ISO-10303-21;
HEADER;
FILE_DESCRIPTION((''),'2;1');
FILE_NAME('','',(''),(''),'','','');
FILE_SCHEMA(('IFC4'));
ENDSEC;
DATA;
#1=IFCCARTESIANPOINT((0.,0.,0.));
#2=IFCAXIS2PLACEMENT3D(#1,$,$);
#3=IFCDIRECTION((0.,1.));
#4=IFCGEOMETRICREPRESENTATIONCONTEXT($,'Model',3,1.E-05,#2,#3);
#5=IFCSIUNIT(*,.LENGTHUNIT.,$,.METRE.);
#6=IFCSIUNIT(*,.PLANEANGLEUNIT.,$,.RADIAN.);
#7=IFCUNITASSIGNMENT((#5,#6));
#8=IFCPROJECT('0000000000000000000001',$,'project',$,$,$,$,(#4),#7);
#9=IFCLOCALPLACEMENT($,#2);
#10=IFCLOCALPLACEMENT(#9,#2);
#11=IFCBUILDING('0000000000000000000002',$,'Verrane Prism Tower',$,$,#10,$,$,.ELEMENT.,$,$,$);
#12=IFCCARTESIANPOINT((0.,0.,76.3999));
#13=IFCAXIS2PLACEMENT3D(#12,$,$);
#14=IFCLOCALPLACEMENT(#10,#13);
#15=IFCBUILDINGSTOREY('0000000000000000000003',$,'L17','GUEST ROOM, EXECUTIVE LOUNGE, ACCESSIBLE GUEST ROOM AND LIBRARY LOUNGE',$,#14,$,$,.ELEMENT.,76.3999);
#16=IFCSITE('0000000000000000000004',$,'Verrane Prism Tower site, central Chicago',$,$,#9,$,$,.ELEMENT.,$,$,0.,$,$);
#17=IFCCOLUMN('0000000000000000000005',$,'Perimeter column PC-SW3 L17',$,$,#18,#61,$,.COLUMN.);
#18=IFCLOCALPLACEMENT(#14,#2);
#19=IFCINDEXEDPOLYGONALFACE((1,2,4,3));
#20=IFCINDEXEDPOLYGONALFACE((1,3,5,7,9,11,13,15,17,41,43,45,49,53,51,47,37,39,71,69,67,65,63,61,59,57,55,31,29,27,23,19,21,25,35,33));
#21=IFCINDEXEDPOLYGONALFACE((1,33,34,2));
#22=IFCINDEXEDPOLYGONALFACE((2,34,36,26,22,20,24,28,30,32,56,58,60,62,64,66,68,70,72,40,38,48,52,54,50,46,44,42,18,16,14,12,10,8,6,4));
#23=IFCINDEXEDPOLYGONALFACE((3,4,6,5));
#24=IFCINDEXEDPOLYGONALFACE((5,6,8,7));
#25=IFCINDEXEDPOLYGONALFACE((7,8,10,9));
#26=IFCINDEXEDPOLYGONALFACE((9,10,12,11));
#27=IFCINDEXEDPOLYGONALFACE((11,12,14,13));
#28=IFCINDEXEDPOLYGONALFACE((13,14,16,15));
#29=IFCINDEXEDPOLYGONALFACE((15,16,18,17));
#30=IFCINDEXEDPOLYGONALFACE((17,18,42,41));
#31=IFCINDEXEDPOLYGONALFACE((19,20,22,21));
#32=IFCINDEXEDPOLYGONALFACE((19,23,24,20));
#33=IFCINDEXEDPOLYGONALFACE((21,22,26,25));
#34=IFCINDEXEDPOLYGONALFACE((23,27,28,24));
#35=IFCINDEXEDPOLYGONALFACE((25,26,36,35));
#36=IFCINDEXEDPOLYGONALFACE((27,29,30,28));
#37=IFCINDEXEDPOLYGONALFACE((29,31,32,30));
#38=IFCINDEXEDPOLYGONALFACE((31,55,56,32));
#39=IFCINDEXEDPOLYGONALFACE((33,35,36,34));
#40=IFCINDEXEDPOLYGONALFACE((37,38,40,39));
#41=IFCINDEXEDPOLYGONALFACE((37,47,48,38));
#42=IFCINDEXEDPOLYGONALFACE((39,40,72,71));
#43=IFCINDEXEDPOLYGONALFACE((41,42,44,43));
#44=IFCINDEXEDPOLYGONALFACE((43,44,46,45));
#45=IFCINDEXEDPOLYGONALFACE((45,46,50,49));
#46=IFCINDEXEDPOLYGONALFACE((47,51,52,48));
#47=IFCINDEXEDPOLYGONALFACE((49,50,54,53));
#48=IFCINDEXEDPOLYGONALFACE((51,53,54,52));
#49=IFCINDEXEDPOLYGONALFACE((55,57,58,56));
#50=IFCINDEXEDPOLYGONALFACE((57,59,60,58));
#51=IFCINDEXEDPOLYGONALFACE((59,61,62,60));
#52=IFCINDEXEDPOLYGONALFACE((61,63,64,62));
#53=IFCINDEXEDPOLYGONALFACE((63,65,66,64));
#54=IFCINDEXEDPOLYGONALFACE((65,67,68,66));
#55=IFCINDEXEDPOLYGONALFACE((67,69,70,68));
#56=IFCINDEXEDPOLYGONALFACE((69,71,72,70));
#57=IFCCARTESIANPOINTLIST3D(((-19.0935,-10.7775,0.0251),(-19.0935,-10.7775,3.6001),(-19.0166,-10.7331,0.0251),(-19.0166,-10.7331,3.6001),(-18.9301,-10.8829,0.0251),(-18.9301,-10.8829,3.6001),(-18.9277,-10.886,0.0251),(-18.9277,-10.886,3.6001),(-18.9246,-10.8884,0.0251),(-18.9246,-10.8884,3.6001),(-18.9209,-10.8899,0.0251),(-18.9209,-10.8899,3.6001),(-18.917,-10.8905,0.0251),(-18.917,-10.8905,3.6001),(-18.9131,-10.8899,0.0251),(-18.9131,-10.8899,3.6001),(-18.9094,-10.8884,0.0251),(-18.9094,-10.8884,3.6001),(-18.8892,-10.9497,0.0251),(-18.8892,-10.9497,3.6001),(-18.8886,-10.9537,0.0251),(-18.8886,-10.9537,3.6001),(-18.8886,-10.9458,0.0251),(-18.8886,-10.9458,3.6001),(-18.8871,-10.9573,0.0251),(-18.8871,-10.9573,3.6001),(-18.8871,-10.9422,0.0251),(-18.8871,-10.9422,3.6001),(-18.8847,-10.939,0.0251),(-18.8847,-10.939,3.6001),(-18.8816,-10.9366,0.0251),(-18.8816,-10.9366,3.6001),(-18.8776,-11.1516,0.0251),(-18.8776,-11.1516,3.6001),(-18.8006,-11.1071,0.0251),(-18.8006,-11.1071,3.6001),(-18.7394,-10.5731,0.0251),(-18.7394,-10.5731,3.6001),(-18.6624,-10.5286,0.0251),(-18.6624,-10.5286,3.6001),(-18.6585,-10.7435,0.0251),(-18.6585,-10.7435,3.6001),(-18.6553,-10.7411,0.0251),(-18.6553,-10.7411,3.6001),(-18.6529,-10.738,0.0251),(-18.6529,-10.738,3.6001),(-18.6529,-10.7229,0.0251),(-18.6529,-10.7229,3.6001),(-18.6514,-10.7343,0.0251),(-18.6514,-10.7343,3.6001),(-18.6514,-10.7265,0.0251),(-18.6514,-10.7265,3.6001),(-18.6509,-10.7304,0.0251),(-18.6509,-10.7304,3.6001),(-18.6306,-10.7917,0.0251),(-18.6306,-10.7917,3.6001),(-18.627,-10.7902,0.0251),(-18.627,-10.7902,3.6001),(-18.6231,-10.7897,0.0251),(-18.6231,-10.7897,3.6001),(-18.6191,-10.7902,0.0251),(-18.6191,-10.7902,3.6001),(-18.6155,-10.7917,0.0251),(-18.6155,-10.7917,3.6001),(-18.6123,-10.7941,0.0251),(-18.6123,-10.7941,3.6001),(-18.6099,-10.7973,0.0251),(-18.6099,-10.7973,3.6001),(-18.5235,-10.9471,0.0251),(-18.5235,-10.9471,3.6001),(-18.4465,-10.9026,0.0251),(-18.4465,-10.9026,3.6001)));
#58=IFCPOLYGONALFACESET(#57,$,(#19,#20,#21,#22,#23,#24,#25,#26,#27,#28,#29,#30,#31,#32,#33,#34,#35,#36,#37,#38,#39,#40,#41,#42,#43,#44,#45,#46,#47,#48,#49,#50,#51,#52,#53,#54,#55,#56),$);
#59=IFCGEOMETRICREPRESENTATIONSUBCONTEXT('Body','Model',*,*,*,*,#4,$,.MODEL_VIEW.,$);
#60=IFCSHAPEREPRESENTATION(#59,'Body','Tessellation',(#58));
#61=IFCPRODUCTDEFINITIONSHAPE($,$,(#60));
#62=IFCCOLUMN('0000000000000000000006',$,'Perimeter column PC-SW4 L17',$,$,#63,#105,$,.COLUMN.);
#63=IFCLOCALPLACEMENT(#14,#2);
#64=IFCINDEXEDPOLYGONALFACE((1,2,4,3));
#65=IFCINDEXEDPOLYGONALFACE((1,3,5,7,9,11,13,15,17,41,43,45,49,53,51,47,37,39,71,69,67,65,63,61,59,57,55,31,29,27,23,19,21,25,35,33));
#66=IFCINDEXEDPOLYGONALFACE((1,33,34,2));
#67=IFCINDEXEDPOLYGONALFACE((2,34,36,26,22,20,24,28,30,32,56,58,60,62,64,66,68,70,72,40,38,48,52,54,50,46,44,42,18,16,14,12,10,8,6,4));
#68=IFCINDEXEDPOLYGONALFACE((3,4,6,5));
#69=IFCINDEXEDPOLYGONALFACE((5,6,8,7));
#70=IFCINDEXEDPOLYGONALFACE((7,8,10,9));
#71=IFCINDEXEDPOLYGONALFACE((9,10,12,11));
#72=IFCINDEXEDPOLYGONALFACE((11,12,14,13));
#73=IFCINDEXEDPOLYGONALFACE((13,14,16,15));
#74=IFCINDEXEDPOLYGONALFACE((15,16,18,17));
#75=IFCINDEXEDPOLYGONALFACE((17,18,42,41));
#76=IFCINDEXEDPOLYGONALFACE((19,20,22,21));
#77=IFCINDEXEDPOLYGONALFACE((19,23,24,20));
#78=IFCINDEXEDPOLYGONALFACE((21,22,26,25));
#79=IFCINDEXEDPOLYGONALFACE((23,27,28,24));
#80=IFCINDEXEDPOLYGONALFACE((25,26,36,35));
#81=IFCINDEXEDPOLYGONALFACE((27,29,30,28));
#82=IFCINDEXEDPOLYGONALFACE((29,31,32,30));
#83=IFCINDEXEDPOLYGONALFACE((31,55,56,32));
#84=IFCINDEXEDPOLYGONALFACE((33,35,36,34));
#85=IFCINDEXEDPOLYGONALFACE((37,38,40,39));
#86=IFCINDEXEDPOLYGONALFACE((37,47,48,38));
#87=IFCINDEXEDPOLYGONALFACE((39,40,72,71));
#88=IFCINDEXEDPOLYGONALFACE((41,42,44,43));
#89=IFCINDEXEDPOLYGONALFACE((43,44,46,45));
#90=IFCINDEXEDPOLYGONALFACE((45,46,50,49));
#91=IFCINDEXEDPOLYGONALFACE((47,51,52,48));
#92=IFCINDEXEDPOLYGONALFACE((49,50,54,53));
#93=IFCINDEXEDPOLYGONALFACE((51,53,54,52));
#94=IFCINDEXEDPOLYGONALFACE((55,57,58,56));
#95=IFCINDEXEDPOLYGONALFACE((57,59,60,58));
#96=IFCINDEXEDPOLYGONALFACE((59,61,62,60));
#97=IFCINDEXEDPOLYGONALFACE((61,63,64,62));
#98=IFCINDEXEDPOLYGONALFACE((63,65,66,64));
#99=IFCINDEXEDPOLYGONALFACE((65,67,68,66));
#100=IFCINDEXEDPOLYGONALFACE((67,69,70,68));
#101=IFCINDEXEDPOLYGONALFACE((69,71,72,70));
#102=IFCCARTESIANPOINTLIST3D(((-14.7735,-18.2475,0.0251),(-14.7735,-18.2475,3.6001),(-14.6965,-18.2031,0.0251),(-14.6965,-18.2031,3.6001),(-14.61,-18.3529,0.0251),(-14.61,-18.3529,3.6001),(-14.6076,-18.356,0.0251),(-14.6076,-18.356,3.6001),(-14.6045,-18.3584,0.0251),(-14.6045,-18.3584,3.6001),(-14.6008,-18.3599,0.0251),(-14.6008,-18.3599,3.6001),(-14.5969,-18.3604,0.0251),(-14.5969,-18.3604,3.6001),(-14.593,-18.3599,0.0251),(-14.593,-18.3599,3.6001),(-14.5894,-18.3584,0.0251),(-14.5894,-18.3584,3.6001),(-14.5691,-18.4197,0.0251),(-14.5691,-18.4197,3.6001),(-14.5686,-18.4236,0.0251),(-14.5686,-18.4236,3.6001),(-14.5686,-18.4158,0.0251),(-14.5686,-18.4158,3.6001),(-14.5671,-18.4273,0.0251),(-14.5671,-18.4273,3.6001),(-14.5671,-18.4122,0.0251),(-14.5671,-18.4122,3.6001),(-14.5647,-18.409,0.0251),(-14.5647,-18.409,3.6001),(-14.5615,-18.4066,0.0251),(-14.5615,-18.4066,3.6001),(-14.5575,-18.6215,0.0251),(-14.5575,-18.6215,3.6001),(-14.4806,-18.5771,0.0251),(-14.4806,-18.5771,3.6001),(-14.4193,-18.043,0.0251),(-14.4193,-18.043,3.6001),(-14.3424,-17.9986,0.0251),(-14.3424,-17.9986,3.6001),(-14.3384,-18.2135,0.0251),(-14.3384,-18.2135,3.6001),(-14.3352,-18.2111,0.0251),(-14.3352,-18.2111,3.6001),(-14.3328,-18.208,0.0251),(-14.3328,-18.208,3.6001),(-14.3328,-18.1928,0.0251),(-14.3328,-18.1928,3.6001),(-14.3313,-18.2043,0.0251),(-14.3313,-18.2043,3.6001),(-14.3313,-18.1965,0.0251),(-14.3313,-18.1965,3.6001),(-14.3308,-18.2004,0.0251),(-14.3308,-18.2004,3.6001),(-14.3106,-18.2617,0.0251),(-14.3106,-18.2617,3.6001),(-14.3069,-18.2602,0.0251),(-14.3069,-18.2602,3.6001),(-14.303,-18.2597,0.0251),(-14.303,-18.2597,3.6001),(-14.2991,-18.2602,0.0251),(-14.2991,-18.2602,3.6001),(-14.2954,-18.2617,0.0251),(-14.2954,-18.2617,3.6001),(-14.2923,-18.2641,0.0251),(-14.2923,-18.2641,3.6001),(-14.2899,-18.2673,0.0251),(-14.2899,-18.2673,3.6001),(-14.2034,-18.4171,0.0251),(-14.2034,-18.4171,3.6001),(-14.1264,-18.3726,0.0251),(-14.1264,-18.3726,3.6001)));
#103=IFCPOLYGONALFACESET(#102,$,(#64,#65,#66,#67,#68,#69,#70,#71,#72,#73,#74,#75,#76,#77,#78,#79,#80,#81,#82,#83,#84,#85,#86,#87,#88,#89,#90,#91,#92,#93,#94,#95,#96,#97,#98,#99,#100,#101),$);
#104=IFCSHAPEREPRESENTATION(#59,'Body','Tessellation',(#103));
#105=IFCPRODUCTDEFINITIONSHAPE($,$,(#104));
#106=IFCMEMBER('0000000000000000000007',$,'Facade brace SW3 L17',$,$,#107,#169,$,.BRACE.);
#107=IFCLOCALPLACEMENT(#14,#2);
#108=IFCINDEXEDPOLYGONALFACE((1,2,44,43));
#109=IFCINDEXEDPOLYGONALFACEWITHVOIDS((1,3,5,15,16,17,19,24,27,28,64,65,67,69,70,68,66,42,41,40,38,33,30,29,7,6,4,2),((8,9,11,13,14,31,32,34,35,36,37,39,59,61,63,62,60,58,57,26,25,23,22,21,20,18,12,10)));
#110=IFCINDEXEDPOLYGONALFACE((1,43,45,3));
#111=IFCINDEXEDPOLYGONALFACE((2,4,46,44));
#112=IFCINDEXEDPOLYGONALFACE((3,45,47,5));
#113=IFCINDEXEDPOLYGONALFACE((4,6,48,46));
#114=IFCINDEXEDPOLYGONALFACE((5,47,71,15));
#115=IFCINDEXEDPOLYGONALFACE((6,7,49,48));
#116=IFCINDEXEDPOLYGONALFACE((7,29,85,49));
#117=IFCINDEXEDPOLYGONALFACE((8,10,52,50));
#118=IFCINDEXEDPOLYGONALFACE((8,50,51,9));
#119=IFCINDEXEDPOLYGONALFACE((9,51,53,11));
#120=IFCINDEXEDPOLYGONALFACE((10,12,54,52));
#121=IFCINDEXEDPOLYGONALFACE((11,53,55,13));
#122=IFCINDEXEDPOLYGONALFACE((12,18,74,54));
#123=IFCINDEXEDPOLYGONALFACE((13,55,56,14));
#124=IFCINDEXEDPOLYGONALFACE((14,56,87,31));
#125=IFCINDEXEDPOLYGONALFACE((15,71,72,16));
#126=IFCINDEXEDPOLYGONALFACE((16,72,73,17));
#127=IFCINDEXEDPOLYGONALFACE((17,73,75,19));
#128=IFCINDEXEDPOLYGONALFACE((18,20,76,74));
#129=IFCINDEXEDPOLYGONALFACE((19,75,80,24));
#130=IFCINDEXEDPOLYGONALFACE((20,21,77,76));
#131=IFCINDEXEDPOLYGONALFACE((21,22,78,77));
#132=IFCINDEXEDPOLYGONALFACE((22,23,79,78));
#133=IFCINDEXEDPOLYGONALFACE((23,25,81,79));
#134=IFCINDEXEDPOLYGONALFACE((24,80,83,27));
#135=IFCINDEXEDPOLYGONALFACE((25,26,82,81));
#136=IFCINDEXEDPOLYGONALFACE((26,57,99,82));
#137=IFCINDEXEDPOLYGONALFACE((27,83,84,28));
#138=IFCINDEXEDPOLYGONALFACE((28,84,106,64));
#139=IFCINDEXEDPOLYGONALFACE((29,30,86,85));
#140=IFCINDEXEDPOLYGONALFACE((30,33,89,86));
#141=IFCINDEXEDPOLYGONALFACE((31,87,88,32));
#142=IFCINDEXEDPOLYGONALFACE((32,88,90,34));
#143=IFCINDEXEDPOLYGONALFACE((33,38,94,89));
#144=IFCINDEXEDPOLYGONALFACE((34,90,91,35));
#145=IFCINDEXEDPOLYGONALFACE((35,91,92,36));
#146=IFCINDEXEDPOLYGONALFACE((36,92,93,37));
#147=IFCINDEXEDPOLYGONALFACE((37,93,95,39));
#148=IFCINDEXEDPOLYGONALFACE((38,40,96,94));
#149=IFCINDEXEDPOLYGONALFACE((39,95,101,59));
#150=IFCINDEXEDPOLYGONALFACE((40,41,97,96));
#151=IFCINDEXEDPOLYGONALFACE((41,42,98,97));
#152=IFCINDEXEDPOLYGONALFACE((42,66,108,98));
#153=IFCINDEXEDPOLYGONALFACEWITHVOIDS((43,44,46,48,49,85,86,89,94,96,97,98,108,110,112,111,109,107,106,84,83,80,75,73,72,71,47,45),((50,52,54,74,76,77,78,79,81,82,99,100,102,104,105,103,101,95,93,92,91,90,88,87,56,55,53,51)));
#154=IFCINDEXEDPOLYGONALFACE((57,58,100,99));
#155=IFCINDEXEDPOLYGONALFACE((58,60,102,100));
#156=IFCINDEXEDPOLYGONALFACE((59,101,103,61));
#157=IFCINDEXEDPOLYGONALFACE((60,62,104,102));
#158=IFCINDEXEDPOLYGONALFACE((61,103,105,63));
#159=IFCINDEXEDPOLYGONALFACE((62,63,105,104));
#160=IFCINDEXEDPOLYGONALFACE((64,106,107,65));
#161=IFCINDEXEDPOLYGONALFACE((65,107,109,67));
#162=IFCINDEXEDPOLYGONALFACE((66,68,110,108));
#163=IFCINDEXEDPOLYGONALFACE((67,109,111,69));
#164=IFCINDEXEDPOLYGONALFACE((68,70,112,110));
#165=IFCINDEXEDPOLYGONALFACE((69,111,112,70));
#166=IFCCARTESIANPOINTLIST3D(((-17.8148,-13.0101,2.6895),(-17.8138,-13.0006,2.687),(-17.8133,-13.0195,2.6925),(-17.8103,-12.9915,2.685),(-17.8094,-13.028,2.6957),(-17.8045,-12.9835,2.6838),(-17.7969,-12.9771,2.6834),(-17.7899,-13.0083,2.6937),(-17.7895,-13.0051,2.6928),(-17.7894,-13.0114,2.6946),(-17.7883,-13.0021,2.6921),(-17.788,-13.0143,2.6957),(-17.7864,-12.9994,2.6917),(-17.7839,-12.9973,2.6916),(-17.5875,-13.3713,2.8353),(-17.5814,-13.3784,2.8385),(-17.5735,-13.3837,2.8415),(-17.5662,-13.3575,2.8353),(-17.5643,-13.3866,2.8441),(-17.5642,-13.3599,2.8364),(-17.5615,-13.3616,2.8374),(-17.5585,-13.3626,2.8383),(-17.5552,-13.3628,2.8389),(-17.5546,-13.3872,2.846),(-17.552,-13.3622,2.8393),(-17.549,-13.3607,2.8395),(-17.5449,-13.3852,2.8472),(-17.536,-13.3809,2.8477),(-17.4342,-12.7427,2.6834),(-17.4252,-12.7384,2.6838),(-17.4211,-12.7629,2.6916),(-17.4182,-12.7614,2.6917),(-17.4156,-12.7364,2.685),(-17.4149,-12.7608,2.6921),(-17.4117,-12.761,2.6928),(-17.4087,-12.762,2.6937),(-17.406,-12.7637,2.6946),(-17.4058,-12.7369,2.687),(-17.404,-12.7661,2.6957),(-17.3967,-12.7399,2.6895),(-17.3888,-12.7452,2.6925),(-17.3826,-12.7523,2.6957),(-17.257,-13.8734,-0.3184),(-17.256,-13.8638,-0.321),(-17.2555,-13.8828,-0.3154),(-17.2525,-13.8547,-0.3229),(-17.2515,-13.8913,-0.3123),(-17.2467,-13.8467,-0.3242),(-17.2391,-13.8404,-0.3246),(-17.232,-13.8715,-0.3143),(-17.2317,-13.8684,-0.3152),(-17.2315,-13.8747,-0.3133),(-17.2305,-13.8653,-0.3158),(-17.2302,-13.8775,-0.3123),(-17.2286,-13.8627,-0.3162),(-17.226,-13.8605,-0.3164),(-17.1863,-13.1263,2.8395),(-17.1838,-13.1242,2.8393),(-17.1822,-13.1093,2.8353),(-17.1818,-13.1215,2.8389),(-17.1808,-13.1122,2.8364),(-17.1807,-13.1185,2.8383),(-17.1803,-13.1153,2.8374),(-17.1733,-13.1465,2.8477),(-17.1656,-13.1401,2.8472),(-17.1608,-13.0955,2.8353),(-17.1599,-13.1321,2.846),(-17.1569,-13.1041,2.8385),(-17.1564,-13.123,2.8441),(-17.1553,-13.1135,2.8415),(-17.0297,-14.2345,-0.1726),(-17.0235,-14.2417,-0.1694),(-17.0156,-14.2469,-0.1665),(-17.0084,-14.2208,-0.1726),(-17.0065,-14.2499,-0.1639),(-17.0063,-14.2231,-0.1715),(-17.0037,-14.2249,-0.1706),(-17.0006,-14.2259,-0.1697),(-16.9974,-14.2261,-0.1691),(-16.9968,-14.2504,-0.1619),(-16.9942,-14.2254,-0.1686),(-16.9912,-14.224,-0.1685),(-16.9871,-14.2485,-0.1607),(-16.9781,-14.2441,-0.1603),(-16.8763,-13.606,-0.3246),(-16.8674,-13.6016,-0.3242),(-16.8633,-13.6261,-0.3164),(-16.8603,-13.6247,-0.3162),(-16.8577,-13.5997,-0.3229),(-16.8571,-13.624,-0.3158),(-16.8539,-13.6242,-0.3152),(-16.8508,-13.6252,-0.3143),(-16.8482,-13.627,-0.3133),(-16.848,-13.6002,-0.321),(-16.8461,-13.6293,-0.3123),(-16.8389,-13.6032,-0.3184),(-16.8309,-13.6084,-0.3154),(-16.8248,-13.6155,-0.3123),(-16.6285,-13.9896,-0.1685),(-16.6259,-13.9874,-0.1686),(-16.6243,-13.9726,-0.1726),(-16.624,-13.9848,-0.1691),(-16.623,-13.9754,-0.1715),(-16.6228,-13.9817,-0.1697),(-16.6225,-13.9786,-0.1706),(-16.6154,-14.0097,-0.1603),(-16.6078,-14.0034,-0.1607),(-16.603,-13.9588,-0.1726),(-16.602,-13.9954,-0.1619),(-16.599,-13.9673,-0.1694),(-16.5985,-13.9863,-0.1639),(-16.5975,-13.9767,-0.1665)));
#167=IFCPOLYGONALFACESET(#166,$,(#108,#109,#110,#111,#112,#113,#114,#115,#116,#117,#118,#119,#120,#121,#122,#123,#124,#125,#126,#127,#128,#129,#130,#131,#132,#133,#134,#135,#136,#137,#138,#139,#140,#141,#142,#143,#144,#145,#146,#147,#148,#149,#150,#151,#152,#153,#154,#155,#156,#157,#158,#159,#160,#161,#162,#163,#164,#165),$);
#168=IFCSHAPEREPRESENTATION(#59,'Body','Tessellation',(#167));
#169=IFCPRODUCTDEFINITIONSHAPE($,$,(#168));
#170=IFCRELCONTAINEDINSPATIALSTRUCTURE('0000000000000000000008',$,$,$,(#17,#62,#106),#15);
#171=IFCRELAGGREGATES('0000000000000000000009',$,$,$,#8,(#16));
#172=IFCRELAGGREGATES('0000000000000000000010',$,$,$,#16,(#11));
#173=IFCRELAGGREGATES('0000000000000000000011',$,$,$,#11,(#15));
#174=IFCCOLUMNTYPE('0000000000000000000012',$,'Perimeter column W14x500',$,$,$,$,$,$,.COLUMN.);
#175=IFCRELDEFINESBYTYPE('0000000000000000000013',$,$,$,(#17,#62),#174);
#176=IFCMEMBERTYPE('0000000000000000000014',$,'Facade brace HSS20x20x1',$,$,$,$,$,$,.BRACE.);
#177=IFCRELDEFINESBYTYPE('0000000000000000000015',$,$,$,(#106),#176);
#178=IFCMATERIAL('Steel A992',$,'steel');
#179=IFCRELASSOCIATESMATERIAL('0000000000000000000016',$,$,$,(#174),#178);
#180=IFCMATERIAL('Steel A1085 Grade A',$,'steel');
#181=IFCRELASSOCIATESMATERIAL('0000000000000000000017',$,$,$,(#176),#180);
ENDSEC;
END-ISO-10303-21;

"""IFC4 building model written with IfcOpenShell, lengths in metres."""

from ifc_helpers import new_model, si_unit, direction, frame, origin, origin_2d, place, context, subcontext, project, spatial, hollow_rectangle, i_section, extrude, material, material_profile, profile_set, type_object, element, save


model = new_model("IFC4")

# Units and contexts
model_context = context("Model", 3, precision=1e-05, world=origin(), true_north=direction((0.0, 1.0)))
body_context = subcontext(model_context, "Body", "Model", "MODEL_VIEW")
ifc_project = project(units=[si_unit("LENGTHUNIT", "METRE"), si_unit("PLANEANGLEUNIT", "RADIAN")], contexts=[model_context])

# Site, building, storey
site_placement = place(None, origin())
site = spatial("IfcSite", under=ifc_project, at=site_placement, Name="Verrane Prism Tower site, central Chicago", CompositionType="ELEMENT", RefElevation=0.0)
building_placement = place(site_placement, origin())
building = spatial("IfcBuilding", under=site, at=building_placement, Name="Verrane Prism Tower", CompositionType="ELEMENT")
storey_placement = place(building_placement, frame((0.0, 0.0, 76.3999)))
storey = spatial("IfcBuildingStorey", under=building, at=storey_placement, Name="L17", Description="GUEST ROOM, EXECUTIVE LOUNGE, ACCESSIBLE GUEST ROOM AND LIBRARY LOUNGE", CompositionType="ELEMENT", Elevation=76.3999)

# Columns
ifc_material_1 = material(Name="Steel A992", Category="steel")
ifc_material_profile_1 = material_profile(ifc_material_1, i_section(OverallWidth=0.4319, OverallDepth=0.4978, WebThickness=0.0557, FlangeThickness=0.0889, FilletRadius=0.0151, at=origin_2d()), Name="W14x500")
ifc_profile_set_1 = profile_set([ifc_material_profile_1], Name="Steel A992")
column_type = type_object("IfcColumnType", Name="Perimeter column W14x500", PredefinedType="COLUMN", material=ifc_profile_set_1)
for number, where, z_axis, x_axis, name in (
    (1, (-18.77, -10.8401, 0.0251), (0.0, 0.0, 1.0), (-0.5, 0.866025, 0.0), "Perimeter column PC-SW3 L17"),
    (2, (-14.45, -18.3101, 0.0251), (0.0, 0.0, 1.0), (-0.5, 0.866025, 0.0), "Perimeter column PC-SW4 L17"),
):
    element("IfcColumn", number, at=place(storey_placement, frame(where, z_axis=z_axis, x_axis=x_axis)), inside=storey, type_object=column_type, Name=name, PredefinedType="COLUMN", context=body_context, shape_type="SweptSolid", body=[
        extrude(i_section(OverallWidth=0.4319, OverallDepth=0.4978, WebThickness=0.0557, FlangeThickness=0.0889, FilletRadius=0.0151, at=origin_2d()), origin(), (0.0, 0.0, 1.0), 3.575),
    ])

# Member
ifc_material_2 = material(Name="Steel A1085 Grade A", Category="steel")
ifc_material_profile_2 = material_profile(ifc_material_2, hollow_rectangle(XDim=0.5081, YDim=0.5081, WallThickness=0.0254, InnerFilletRadius=0.0127, OuterFilletRadius=0.0381, at=origin_2d()), Name="HSS20x20x1")
ifc_profile_set_2 = profile_set([ifc_material_profile_2], Name="Steel A1085 Grade A")
member_type_1 = type_object("IfcMemberType", Name="Facade brace HSS20x20x1", PredefinedType="BRACE", material=ifc_profile_set_2)
member_1_placement = place(storey_placement, frame((-16.9272, -13.925, -0.2424), z_axis=(-0.175493, 0.271573, 0.946282), x_axis=(-0.839895, -0.542749, 0.0)))
element("IfcMember", 3, at=member_1_placement, inside=storey, type_object=member_type_1, Name="Facade brace SW3 L17", PredefinedType="BRACE", context=body_context, shape_type="SweptSolid", body=[
    extrude(hollow_rectangle(XDim=0.5081, YDim=0.5081, WallThickness=0.0254, InnerFilletRadius=0.0127, OuterFilletRadius=0.0381, at=origin_2d()), origin(), (0.0, 0.0, 1.0), 3.1787),
])

save(model, "model.ifc")
